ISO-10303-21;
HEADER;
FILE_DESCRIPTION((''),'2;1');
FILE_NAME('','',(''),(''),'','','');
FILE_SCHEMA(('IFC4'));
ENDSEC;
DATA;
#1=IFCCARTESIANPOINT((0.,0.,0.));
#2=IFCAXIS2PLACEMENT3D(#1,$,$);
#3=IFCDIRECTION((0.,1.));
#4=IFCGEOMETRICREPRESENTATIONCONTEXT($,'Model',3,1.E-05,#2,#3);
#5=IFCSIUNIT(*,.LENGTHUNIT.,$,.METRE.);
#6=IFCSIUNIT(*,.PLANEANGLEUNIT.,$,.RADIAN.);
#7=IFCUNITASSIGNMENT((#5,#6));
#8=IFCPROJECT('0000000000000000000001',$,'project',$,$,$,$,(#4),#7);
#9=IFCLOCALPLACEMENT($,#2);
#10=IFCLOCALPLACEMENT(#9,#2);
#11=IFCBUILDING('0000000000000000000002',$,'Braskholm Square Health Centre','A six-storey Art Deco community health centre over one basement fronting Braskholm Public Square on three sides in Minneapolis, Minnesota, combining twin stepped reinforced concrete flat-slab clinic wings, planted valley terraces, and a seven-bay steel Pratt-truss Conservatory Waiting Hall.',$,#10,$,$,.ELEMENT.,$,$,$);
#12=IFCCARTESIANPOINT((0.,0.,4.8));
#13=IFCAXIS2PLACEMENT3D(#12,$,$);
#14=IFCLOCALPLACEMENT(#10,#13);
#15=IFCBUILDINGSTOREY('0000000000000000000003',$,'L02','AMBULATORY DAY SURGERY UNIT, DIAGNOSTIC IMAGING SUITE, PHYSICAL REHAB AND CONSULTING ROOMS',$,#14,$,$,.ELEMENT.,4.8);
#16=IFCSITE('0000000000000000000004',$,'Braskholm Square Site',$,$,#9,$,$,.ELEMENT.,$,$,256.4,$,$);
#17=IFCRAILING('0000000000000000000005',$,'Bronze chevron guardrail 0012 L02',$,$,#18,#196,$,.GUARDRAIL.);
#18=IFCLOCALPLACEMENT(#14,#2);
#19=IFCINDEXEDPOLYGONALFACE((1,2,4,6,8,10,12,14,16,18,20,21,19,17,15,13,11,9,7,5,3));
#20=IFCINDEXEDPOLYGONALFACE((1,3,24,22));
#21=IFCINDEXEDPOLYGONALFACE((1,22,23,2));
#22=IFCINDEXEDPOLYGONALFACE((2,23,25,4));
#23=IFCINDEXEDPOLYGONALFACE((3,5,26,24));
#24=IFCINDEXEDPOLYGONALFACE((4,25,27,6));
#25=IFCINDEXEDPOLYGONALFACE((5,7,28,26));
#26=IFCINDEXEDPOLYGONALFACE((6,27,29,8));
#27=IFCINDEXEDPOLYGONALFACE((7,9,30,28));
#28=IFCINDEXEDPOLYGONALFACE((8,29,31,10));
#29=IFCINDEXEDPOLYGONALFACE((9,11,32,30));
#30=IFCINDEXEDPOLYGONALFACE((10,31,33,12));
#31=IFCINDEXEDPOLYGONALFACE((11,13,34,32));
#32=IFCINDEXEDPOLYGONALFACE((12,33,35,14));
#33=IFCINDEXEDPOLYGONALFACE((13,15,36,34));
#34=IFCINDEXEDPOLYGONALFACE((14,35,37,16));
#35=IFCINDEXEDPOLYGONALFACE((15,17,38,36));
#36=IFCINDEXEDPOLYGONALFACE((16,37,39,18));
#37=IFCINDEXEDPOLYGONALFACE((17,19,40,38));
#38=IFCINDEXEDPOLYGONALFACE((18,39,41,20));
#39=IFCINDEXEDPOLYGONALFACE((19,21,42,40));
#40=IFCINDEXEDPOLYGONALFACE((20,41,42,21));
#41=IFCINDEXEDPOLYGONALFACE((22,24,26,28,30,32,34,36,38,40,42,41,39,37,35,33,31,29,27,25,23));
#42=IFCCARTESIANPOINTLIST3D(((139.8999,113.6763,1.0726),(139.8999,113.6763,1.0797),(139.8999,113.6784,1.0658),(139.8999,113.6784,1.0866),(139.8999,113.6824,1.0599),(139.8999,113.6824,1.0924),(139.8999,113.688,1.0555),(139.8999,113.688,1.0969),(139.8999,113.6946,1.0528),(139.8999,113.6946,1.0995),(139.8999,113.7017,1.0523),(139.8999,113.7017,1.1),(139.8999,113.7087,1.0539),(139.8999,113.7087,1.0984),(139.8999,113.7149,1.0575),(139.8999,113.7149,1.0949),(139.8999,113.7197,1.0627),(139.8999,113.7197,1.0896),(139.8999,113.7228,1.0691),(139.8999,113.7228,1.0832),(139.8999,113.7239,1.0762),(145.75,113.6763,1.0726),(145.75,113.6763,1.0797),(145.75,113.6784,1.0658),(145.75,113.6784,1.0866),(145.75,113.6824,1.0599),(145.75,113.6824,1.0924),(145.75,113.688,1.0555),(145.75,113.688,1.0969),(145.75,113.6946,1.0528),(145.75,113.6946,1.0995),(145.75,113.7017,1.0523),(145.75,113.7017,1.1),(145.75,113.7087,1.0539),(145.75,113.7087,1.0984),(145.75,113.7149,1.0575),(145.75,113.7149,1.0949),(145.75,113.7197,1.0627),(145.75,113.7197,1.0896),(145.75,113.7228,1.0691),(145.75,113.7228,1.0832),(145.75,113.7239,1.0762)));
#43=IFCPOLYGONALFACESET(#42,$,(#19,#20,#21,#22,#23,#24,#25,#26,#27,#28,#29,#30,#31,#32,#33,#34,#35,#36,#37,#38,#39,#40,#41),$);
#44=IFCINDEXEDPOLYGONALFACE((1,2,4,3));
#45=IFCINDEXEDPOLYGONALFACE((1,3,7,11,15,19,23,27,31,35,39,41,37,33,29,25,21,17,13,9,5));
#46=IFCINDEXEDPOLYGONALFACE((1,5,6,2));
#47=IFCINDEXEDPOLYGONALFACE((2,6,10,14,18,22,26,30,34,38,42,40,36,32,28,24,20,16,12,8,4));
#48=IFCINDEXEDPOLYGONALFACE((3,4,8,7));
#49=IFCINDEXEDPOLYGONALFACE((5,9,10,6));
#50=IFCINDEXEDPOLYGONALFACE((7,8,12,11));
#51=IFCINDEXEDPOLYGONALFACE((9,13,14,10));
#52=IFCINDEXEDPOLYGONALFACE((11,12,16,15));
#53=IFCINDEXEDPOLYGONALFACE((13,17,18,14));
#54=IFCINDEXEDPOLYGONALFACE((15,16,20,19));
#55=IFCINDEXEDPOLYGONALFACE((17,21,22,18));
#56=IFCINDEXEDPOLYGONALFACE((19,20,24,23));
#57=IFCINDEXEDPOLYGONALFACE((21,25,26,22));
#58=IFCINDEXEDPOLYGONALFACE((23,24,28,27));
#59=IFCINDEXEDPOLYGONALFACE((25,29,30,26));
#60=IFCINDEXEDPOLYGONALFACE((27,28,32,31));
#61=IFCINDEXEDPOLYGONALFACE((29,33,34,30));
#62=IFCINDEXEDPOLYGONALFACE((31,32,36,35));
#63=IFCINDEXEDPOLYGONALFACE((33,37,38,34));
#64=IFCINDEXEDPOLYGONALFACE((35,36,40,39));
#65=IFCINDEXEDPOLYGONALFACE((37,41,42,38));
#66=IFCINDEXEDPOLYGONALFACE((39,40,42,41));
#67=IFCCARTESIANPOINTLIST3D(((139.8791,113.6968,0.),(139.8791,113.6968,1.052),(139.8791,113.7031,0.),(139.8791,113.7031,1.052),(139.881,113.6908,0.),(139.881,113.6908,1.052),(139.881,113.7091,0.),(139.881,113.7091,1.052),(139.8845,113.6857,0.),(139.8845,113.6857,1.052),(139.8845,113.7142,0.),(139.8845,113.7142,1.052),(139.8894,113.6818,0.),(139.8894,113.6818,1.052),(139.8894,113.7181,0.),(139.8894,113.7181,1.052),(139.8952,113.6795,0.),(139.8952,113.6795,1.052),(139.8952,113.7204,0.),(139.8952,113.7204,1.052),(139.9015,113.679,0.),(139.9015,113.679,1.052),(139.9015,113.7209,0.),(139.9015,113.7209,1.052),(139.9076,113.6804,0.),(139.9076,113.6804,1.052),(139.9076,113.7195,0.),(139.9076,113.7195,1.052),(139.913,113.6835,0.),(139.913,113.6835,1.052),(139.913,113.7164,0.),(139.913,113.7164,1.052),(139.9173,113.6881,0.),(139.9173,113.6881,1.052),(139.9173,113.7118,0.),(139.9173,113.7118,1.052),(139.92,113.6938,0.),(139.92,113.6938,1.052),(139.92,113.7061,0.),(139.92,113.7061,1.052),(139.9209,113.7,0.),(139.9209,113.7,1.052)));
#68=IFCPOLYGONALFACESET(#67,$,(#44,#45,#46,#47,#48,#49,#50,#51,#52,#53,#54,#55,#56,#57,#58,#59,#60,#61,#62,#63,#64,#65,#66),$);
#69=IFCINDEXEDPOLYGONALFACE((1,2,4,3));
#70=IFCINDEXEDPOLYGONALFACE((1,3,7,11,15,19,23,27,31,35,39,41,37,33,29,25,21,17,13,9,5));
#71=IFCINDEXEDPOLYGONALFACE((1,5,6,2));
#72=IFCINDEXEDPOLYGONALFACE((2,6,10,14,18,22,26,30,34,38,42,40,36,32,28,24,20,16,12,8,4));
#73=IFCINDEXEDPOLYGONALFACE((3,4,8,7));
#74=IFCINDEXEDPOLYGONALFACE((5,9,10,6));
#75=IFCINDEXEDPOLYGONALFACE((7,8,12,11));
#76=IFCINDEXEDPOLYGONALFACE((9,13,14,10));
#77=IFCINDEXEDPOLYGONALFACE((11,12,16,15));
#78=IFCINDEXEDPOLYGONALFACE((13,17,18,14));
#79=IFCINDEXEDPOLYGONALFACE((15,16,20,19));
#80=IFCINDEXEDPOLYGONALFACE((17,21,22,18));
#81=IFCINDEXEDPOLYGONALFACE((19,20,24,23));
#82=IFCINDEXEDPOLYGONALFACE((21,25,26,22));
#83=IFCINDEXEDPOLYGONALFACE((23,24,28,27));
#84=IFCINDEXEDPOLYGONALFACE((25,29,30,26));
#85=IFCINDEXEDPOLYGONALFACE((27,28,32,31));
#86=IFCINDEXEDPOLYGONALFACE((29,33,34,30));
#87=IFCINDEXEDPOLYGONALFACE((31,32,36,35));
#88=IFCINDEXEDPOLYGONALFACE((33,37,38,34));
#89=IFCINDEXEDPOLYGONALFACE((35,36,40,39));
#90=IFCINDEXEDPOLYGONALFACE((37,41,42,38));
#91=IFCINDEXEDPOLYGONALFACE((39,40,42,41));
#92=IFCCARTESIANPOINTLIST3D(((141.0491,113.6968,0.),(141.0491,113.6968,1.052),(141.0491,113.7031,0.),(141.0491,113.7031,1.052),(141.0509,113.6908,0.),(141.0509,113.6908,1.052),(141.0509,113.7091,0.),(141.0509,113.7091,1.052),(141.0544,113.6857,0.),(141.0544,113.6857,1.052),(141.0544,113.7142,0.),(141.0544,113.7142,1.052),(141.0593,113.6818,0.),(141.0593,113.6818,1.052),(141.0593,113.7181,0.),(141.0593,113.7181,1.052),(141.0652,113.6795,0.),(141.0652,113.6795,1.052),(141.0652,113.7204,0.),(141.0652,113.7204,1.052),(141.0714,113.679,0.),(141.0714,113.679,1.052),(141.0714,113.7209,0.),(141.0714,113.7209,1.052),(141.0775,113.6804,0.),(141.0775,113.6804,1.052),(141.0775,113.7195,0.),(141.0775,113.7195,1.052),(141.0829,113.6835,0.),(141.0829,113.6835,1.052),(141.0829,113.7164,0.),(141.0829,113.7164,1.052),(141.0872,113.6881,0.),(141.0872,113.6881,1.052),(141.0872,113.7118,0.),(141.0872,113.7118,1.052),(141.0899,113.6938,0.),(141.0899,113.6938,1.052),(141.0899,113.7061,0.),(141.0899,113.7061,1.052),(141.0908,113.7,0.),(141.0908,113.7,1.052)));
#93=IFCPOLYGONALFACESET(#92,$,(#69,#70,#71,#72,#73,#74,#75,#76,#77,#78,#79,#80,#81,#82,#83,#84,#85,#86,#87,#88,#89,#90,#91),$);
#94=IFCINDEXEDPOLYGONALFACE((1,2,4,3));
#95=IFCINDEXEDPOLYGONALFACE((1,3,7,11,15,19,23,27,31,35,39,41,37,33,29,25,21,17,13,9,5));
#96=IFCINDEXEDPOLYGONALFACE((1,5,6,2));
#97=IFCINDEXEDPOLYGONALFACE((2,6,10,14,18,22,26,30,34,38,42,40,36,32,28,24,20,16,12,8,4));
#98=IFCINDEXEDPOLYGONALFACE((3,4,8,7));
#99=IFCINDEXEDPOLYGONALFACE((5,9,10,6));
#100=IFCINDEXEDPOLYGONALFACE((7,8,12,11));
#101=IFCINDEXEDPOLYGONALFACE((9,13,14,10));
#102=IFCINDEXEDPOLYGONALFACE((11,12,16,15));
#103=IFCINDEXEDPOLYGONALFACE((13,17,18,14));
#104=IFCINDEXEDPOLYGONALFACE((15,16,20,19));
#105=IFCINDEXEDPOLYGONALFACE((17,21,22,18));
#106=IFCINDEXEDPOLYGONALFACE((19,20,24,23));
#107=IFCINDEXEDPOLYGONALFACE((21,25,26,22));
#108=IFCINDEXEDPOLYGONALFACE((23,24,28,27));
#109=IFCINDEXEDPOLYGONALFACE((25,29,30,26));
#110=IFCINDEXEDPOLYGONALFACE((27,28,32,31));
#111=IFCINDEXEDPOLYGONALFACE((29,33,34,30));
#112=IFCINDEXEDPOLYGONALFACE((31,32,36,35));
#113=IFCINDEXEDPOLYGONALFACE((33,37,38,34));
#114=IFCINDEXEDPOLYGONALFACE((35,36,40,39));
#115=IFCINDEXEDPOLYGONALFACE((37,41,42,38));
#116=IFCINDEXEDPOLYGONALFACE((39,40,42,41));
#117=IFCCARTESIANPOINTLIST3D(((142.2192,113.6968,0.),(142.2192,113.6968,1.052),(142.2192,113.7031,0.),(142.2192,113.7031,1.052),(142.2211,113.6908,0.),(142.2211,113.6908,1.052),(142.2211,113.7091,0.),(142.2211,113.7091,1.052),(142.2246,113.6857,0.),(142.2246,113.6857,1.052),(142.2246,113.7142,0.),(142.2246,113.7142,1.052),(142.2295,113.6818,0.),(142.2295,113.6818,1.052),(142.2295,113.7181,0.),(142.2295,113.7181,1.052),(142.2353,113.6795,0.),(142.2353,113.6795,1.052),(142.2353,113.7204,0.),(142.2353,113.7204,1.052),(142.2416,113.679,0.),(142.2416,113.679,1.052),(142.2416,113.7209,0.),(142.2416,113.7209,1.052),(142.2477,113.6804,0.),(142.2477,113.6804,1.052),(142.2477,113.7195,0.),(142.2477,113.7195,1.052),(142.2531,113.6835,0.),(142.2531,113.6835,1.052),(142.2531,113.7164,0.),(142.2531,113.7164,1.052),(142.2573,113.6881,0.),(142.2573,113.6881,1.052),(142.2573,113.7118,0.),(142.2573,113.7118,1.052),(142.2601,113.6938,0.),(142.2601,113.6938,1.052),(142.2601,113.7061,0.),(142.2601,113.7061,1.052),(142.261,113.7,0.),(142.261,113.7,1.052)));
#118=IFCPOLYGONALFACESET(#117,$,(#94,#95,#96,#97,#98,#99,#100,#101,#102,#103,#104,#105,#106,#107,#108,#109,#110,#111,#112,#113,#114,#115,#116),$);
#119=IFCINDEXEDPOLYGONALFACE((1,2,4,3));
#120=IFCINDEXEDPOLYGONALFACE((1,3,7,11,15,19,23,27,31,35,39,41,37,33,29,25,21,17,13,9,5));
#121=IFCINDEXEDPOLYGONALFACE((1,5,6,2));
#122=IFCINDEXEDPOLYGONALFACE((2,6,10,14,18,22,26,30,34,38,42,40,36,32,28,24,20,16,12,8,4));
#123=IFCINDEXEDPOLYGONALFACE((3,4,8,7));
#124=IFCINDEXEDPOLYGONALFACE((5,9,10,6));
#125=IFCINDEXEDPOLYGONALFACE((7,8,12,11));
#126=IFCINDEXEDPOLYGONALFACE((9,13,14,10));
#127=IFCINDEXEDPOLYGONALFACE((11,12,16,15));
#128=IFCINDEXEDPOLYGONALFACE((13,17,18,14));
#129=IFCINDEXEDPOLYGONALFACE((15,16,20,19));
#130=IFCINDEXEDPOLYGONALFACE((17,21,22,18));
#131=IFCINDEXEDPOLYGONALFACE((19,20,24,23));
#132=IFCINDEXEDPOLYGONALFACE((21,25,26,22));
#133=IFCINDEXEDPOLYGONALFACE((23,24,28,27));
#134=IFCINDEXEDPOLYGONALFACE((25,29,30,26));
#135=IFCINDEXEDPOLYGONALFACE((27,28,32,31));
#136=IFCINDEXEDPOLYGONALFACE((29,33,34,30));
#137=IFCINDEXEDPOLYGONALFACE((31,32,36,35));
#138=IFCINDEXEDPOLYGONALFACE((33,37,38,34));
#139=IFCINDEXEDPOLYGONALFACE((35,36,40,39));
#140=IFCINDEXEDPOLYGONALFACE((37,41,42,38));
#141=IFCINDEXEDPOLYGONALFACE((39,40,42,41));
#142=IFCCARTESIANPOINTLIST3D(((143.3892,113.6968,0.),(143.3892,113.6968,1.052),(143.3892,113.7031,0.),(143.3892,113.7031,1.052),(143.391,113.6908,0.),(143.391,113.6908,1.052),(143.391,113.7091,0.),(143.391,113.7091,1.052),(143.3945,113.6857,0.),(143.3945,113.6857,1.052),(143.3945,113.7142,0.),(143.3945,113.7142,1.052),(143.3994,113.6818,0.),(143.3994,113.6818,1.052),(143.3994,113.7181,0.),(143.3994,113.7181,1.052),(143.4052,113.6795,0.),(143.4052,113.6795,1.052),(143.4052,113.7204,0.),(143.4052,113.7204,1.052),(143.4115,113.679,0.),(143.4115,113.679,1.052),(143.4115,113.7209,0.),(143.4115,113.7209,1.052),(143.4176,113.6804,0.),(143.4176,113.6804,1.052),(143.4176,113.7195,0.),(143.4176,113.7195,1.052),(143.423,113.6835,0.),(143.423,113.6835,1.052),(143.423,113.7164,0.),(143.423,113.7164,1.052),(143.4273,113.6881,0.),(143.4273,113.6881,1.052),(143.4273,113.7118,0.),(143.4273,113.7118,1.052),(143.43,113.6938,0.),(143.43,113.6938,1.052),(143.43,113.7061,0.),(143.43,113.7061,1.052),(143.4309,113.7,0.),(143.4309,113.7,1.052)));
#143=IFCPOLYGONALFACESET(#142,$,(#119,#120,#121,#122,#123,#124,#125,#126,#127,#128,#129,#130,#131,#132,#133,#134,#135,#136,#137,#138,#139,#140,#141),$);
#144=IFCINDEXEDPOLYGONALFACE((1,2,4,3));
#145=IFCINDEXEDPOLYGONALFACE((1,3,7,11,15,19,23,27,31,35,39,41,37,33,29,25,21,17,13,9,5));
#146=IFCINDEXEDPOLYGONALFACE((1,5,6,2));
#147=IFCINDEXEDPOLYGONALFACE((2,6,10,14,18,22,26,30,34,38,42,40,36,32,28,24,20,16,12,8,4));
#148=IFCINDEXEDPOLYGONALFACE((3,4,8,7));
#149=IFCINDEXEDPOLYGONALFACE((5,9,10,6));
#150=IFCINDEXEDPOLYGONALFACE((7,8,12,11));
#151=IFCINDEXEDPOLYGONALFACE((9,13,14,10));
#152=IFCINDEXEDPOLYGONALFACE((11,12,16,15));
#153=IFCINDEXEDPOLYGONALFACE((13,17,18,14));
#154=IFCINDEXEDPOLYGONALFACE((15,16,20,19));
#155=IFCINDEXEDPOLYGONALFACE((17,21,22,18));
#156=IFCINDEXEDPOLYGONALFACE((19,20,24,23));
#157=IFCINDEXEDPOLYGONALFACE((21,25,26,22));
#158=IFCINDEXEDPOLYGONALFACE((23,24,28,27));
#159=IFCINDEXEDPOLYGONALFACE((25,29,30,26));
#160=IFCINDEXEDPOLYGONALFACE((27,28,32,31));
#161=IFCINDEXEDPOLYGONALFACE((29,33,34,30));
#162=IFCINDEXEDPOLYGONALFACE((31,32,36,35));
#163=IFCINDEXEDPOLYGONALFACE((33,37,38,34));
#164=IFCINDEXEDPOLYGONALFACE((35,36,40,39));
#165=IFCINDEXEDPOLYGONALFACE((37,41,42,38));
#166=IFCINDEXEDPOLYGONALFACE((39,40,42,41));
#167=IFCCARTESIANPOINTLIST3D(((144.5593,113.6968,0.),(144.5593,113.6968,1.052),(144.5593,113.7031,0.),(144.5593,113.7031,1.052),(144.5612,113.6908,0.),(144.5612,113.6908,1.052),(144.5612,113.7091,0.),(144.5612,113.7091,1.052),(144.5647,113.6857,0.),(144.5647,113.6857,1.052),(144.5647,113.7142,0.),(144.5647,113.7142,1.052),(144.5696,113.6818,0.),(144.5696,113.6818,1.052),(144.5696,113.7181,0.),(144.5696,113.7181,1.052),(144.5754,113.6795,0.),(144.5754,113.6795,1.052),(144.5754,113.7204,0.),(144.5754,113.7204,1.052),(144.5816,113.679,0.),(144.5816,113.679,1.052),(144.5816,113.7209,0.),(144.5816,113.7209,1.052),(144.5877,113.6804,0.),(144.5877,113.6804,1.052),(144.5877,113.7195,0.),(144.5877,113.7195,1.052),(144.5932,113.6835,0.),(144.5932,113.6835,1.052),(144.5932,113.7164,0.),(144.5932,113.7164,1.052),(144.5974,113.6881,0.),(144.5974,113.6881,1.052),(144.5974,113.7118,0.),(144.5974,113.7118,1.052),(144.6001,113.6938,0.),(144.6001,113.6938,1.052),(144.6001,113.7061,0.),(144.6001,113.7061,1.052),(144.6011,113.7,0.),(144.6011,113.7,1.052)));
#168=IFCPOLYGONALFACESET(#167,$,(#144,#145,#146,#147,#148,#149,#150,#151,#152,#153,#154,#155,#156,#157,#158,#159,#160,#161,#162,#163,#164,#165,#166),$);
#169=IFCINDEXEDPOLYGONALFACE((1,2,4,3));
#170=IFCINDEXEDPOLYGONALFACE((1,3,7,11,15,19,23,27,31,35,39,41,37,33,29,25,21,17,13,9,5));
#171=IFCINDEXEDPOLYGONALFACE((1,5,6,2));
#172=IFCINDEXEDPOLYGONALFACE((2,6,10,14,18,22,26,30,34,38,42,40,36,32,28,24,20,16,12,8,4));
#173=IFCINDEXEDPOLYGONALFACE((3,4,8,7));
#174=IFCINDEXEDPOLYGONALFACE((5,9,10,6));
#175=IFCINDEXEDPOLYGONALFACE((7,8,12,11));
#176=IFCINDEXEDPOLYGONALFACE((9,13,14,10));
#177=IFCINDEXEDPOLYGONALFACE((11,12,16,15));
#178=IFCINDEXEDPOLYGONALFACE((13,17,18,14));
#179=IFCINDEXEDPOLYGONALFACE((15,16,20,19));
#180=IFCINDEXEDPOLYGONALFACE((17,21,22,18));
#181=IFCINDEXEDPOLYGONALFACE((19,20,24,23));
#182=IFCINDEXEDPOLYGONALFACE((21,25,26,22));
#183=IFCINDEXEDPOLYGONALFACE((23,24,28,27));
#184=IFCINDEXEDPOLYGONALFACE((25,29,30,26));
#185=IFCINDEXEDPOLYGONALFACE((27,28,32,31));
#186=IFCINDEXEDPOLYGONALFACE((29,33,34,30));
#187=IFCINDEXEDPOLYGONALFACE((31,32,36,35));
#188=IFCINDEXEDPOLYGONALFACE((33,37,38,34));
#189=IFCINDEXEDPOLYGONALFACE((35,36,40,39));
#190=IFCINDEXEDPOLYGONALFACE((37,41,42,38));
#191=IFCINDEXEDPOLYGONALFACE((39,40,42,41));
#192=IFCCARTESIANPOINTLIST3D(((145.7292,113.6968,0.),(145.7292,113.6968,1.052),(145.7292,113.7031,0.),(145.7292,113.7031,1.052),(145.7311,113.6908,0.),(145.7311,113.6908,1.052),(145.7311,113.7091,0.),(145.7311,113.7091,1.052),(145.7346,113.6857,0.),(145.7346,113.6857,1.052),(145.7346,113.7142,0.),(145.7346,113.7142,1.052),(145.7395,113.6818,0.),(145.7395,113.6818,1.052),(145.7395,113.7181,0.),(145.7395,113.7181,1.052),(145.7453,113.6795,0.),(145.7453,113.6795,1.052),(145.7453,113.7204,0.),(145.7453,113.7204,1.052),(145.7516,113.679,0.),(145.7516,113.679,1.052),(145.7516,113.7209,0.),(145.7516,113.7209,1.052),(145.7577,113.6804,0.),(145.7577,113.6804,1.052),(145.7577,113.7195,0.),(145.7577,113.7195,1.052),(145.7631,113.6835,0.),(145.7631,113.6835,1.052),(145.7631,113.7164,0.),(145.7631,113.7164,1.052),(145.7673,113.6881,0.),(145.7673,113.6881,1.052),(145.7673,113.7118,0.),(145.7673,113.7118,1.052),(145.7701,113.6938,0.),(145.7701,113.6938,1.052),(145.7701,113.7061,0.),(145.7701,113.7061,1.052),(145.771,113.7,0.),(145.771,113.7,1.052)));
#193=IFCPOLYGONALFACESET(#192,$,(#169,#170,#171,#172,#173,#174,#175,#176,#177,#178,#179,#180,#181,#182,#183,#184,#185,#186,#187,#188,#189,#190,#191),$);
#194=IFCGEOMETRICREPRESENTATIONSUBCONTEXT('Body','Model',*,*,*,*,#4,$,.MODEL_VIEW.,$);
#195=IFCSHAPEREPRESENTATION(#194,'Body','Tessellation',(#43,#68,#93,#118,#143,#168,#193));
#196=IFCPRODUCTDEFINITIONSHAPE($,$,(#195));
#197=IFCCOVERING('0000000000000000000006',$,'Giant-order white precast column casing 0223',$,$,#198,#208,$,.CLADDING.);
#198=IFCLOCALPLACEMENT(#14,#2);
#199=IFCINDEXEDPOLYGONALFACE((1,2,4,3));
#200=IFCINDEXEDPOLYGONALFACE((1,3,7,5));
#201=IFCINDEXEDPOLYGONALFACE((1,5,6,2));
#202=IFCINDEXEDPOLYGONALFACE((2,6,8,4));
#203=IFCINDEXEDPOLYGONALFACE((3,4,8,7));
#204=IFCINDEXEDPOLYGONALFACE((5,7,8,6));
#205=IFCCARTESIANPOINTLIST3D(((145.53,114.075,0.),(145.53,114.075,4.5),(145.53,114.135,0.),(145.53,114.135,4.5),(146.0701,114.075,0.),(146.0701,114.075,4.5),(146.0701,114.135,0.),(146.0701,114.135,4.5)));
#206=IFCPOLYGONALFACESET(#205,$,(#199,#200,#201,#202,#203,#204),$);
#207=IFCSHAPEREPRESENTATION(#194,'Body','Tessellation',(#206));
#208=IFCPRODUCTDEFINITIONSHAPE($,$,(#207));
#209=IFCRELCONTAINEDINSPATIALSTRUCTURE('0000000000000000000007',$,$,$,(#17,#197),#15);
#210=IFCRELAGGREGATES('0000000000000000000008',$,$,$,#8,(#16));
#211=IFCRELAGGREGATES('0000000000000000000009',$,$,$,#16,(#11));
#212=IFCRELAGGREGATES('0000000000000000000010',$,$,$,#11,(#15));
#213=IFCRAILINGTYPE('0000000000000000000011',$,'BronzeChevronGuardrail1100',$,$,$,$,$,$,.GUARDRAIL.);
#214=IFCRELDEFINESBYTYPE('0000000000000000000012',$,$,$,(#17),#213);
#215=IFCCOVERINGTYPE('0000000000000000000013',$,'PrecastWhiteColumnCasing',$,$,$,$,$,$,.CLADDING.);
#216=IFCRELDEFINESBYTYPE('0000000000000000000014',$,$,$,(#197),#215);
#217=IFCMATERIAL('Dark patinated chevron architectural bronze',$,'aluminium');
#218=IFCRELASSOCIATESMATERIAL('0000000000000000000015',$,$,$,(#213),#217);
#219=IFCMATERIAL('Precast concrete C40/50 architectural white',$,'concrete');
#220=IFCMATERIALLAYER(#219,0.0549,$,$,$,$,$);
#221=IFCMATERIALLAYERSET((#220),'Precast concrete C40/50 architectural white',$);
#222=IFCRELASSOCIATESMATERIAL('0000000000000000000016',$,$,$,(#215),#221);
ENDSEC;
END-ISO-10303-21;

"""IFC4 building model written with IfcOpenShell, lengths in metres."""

from ifc_helpers import new_model, si_unit, direction, frame, origin, origin_2d, place, context, subcontext, project, spatial, rectangle, circle, extrude, material, layer, layer_set, type_object, element, save


model = new_model("IFC4")

# Units and contexts
model_context = context("Model", 3, precision=1e-05, world=origin(), true_north=direction((0.0, 1.0)))
body_context = subcontext(model_context, "Body", "Model", "MODEL_VIEW")
ifc_project = project(units=[si_unit("LENGTHUNIT", "METRE"), si_unit("PLANEANGLEUNIT", "RADIAN")], contexts=[model_context])

# Site, building, storey
site_placement = place(None, origin())
site = spatial("IfcSite", under=ifc_project, at=site_placement, Name="Braskholm Square Site", CompositionType="ELEMENT", RefElevation=256.4)
building_placement = place(site_placement, origin())
building = spatial("IfcBuilding", under=site, at=building_placement, Name="Braskholm Square Health Centre", Description="A six-storey Art Deco community health centre over one basement fronting Braskholm Public Square on three sides in Minneapolis, Minnesota, combining twin stepped reinforced concrete flat-slab clinic wings, planted valley terraces, and a seven-bay steel Pratt-truss Conservatory Waiting Hall.", CompositionType="ELEMENT")
storey_placement = place(building_placement, frame((0.0, 0.0, 4.8)))
storey = spatial("IfcBuildingStorey", under=building, at=storey_placement, Name="L02", Description="AMBULATORY DAY SURGERY UNIT, DIAGNOSTIC IMAGING SUITE, PHYSICAL REHAB AND CONSULTING ROOMS", CompositionType="ELEMENT", Elevation=4.8)

# Shared definitions
ifc_material_1 = material(Name="Precast concrete C40/50 architectural white", Category="concrete")

# Railing
ifc_material_2 = material(Name="Dark patinated chevron architectural bronze", Category="aluminium")
railing_type = type_object("IfcRailingType", Name="BronzeChevronGuardrail1100", PredefinedType="GUARDRAIL", material=ifc_material_2)
railing_placement = place(storey_placement, frame((139.8999, 113.7, 0.0)))
element("IfcRailing", 1, at=railing_placement, inside=storey, type_object=railing_type, Name="Bronze chevron guardrail 0012 L02", PredefinedType="GUARDRAIL", context=body_context, shape_type="SweptSolid", body=[
    extrude(circle(Radius=0.0239, at=origin_2d()), frame((0.0, 0.0, 1.0762), z_axis=(1.0, 0.0, 0.0), x_axis=(0.0, 1.0, 0.0)), (0.0, 0.0, 1.0), 5.8501),
    extrude(circle(Radius=0.021, at=origin_2d()), origin(), (0.0, 0.0, 1.0), 1.052),
    extrude(circle(Radius=0.021, at=origin_2d()), frame((1.1699, 0.0, 0.0)), (0.0, 0.0, 1.0), 1.052),
    extrude(circle(Radius=0.021, at=origin_2d()), frame((2.3401, 0.0, 0.0)), (0.0, 0.0, 1.0), 1.052),
    extrude(circle(Radius=0.021, at=origin_2d()), frame((3.51, 0.0, 0.0)), (0.0, 0.0, 1.0), 1.052),
    extrude(circle(Radius=0.021, at=origin_2d()), frame((4.6802, 0.0, 0.0)), (0.0, 0.0, 1.0), 1.052),
    extrude(circle(Radius=0.021, at=origin_2d()), frame((5.8501, 0.0, 0.0)), (0.0, 0.0, 1.0), 1.052),
])

# Covering
ifc_layer_1 = layer(ifc_material_1, 0.0549)
ifc_layer_set_1 = layer_set([ifc_layer_1], Name="Precast concrete C40/50 architectural white")
covering_type = type_object("IfcCoveringType", Name="PrecastWhiteColumnCasing", PredefinedType="CLADDING", material=ifc_layer_set_1)
for number, where, z_axis, x_axis, name in (
    (2, (145.8, 114.105, 0.0), (0.0, 0.0, 1.0), (1.0, 0.0, 0.0), "Giant-order white precast column casing 0223"),
):
    element("IfcCovering", number, at=place(storey_placement, frame(where, z_axis=z_axis, x_axis=x_axis)), inside=storey, type_object=covering_type, Name=name, PredefinedType="CLADDING", context=body_context, shape_type="SweptSolid", body=[
        extrude(rectangle(XDim=0.54, YDim=0.0601, at=origin_2d()), origin(), (0.0, 0.0, 1.0), 4.5),
    ])

save(model, "model.ifc")
